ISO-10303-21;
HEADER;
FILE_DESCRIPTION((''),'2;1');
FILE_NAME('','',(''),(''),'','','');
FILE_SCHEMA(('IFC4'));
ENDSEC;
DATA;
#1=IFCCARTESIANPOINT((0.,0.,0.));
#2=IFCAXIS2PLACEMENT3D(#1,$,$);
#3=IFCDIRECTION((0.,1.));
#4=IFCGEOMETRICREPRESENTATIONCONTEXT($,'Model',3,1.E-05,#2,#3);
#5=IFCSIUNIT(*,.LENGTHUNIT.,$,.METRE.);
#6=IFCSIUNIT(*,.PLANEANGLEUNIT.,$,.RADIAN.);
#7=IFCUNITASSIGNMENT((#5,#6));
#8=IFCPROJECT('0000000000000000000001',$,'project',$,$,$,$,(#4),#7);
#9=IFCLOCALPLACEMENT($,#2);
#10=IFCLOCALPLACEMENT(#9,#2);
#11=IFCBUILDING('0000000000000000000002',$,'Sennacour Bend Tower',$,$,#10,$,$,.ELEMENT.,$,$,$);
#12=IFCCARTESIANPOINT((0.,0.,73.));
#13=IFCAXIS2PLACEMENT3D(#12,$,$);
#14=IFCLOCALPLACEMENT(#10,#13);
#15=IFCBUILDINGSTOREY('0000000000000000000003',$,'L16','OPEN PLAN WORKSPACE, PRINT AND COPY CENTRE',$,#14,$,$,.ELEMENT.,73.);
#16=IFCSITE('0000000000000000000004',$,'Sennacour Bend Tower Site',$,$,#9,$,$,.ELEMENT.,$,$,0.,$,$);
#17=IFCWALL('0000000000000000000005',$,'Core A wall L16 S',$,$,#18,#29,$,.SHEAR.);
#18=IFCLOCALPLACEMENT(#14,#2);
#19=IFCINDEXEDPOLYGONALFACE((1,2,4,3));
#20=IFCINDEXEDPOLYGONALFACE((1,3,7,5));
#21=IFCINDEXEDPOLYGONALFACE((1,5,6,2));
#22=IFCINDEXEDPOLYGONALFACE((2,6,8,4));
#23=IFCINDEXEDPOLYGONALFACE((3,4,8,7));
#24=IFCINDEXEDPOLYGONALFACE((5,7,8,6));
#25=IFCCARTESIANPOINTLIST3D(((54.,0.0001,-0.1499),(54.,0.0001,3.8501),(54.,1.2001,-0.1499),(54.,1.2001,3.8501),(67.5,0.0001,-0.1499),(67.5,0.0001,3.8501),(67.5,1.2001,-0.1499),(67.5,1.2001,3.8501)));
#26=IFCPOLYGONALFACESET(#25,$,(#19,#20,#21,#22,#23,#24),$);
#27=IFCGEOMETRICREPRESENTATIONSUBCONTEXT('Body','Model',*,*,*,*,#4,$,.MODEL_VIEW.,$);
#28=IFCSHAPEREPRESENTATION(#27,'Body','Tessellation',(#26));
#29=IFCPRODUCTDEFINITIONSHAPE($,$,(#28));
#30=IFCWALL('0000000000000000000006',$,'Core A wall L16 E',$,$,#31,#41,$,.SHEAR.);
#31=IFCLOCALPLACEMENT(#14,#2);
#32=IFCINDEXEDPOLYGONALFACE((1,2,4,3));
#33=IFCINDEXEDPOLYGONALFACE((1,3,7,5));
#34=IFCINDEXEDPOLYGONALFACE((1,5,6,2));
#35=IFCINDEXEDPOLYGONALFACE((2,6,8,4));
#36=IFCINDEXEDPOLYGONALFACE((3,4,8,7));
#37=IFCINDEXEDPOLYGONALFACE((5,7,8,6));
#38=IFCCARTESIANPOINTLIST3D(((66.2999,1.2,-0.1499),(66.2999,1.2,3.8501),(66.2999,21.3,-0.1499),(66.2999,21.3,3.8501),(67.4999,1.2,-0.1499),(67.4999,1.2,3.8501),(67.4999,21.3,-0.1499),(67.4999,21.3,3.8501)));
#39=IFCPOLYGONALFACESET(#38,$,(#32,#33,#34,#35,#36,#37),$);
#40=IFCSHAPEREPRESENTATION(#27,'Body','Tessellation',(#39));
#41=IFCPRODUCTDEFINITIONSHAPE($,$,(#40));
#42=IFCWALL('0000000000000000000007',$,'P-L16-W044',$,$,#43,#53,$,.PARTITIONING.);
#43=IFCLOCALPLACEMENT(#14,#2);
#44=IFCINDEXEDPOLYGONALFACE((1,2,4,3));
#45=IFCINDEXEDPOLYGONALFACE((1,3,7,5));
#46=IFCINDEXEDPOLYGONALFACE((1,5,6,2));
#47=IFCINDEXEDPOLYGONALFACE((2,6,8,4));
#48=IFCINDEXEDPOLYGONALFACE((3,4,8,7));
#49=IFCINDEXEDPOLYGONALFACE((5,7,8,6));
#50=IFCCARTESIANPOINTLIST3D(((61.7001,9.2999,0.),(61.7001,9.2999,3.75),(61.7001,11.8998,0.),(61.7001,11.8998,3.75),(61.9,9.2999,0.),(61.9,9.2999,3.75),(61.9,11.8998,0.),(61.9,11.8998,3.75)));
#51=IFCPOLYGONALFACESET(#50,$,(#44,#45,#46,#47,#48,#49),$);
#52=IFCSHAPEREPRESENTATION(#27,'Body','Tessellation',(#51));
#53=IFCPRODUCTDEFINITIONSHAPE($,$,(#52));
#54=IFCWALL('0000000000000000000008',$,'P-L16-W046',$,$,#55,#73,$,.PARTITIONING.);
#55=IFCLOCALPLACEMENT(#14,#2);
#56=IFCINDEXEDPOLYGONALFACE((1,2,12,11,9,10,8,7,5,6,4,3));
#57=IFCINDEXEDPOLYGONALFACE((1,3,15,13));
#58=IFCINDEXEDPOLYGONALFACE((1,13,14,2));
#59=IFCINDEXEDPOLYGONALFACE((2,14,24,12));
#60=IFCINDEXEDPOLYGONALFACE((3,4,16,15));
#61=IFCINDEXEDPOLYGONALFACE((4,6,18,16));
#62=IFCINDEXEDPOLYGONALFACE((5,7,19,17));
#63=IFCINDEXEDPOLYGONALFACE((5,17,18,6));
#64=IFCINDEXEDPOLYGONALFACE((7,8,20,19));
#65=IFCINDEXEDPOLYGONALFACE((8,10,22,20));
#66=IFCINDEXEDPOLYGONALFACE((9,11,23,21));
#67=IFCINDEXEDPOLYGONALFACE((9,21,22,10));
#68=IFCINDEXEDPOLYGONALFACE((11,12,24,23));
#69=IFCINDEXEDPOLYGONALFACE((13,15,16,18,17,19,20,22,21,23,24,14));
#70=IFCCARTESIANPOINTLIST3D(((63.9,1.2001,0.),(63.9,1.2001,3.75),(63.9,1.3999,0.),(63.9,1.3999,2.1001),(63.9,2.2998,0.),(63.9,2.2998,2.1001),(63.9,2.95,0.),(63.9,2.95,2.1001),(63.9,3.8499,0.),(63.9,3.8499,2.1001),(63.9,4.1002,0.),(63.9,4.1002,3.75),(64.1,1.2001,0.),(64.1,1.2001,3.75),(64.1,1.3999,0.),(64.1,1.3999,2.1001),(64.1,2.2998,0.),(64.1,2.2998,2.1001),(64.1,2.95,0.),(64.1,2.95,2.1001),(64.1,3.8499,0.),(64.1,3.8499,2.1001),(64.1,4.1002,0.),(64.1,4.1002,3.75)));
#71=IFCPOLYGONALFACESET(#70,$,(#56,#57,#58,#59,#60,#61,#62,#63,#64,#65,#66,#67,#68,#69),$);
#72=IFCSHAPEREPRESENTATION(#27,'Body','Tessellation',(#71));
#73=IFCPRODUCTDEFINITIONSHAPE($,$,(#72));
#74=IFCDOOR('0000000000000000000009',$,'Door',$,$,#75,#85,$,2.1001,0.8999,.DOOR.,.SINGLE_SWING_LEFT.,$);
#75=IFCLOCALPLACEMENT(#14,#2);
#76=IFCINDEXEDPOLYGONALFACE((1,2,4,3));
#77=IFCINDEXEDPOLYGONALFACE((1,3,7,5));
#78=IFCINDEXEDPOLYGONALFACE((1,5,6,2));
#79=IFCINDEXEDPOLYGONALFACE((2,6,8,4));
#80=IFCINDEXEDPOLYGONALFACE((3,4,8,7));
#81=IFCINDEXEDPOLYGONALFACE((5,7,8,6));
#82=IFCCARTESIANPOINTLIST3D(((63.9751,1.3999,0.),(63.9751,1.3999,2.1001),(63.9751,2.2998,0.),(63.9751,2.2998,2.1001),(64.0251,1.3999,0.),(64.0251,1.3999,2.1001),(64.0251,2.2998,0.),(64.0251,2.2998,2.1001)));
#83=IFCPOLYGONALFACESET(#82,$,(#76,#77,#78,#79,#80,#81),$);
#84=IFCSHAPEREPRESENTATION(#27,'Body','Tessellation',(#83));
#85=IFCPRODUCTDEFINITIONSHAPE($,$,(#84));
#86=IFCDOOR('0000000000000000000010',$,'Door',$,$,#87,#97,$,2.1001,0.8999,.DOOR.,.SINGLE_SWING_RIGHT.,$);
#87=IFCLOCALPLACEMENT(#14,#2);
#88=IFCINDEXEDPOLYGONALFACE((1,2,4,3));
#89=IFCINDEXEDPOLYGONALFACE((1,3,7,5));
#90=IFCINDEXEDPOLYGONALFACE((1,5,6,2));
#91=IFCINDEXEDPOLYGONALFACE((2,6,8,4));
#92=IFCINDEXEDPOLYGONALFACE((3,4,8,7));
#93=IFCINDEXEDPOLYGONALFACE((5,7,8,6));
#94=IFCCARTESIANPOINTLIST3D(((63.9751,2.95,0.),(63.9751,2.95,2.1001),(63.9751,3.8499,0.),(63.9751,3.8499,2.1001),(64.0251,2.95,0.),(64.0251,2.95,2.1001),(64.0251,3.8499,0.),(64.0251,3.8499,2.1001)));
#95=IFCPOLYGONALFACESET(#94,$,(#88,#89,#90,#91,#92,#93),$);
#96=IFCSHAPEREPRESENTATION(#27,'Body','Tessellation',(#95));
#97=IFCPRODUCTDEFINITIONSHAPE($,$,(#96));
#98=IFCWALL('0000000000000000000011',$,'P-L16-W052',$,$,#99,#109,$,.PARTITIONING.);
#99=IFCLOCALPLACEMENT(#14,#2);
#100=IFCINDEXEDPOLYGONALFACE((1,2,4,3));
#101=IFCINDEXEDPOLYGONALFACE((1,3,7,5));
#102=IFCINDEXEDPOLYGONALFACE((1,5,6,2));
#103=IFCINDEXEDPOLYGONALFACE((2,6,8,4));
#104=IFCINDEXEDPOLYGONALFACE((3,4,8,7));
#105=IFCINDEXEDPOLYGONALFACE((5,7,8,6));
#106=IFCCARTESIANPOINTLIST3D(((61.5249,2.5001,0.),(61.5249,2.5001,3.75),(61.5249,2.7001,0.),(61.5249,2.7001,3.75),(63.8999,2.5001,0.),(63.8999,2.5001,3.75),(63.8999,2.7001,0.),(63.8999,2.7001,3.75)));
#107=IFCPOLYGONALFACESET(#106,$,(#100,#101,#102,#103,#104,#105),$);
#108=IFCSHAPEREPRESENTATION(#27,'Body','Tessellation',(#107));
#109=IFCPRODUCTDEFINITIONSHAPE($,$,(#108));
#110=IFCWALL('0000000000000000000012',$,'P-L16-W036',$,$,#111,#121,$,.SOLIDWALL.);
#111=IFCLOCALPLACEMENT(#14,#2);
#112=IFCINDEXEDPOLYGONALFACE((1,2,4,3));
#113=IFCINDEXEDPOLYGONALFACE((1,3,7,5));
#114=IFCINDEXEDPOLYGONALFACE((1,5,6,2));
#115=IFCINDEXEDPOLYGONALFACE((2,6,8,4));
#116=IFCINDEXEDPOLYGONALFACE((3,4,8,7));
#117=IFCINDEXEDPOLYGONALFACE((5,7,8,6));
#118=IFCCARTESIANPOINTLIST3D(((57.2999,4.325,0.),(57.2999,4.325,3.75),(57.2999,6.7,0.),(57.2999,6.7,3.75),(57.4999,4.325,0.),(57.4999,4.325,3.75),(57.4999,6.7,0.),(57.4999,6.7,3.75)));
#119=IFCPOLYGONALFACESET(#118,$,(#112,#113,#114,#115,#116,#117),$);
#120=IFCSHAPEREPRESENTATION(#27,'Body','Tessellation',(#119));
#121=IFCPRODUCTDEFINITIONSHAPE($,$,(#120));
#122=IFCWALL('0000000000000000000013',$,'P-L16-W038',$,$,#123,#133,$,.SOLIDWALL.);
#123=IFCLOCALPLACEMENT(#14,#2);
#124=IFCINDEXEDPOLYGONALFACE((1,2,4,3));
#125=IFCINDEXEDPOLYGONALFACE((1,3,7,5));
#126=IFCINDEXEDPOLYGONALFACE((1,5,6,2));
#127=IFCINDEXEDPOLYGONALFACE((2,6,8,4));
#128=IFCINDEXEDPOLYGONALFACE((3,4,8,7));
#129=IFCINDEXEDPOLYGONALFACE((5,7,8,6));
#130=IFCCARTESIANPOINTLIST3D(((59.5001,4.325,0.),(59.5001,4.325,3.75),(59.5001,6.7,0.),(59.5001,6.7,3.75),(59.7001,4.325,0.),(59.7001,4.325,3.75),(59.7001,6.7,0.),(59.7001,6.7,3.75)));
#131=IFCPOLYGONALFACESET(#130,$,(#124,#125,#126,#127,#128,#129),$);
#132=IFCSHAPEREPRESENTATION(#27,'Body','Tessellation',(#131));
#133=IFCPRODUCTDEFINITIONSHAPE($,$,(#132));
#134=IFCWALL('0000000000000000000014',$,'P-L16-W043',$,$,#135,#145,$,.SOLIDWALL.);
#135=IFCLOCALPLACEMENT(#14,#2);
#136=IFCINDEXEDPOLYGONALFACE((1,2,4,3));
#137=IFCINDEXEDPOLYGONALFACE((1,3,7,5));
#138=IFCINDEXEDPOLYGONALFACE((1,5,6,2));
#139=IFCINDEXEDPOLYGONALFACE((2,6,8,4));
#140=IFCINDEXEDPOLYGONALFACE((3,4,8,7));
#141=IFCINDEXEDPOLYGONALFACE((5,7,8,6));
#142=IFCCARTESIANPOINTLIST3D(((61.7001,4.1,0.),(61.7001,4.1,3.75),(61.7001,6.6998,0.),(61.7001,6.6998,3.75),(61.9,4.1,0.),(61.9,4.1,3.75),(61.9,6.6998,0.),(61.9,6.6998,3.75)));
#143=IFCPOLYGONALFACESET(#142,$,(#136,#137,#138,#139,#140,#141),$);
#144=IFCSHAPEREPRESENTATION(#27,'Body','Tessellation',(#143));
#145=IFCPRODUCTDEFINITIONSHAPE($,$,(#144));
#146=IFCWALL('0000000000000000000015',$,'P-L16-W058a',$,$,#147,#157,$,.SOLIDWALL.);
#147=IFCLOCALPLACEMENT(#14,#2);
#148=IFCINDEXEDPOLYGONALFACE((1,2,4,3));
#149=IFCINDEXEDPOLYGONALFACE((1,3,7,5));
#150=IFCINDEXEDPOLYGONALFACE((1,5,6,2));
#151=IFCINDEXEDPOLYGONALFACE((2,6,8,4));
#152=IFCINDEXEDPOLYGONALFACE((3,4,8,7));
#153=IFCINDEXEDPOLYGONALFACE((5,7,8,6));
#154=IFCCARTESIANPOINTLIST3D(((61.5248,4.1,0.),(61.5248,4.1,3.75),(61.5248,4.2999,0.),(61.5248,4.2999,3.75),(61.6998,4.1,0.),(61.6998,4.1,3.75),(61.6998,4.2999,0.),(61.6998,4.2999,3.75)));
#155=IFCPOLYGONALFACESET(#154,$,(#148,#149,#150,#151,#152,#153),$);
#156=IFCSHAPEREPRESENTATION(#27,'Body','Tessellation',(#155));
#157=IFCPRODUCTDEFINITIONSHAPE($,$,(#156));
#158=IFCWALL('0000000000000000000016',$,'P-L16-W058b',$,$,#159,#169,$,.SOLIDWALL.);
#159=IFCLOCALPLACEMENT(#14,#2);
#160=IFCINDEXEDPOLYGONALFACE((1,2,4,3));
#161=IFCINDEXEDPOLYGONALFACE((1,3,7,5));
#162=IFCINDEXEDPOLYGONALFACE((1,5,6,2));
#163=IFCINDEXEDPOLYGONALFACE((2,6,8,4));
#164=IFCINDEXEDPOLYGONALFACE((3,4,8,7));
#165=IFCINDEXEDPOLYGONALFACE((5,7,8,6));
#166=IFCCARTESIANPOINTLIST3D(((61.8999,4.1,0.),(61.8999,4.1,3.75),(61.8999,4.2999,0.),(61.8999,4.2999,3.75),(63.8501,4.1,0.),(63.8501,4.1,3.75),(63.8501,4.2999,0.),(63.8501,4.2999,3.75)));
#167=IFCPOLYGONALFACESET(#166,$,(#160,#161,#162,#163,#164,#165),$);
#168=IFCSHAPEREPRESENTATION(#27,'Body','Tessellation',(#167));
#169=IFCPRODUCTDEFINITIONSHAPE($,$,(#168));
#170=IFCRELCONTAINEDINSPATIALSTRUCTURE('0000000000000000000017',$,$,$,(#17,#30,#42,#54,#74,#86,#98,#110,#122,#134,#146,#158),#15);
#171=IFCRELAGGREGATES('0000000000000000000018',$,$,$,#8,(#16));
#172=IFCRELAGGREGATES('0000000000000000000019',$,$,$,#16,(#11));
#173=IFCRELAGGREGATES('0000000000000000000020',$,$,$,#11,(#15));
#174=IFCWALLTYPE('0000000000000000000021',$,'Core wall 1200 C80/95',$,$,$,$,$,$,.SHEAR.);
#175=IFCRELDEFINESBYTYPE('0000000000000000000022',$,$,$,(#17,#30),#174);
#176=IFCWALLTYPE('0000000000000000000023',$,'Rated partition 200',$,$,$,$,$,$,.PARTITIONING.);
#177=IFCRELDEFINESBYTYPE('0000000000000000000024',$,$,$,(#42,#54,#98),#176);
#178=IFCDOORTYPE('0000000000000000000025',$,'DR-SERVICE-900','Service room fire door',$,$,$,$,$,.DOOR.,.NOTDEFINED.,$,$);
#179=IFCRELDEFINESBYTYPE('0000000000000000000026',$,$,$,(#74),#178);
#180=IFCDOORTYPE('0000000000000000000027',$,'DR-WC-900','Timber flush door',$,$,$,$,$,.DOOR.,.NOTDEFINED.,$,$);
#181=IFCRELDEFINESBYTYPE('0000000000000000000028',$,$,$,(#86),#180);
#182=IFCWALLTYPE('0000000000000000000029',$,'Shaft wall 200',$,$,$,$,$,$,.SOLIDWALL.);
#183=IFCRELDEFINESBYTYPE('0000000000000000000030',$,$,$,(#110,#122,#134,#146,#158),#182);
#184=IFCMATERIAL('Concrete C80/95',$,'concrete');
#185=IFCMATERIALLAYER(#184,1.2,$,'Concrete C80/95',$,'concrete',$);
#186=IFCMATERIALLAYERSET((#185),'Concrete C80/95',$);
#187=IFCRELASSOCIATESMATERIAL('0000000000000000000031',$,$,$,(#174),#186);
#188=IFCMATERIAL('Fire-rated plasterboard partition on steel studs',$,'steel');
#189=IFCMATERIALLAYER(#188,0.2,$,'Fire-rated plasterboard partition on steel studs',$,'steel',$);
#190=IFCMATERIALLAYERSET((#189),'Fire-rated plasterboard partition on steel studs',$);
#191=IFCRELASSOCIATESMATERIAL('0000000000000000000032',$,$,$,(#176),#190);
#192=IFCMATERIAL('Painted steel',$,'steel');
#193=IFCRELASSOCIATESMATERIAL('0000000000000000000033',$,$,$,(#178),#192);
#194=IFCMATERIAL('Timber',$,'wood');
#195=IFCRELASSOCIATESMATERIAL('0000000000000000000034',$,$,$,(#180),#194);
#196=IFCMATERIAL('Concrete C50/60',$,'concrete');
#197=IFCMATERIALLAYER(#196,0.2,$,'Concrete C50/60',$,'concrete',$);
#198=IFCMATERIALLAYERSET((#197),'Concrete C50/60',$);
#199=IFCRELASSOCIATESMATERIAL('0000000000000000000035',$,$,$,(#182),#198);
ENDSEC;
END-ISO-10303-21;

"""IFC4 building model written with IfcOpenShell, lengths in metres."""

from ifc_helpers import new_model, si_unit, direction, frame, frame_2d, origin, place, context, subcontext, project, spatial, rectangle, extrude, material, layer, layer_set, type_object, element, fill, save


model = new_model("IFC4")

# Units and contexts
model_context = context("Model", 3, precision=1e-05, world=origin(), true_north=direction((0.0, 1.0)))
body_context = subcontext(model_context, "Body", "Model", "MODEL_VIEW")
ifc_project = project(units=[si_unit("LENGTHUNIT", "METRE"), si_unit("PLANEANGLEUNIT", "RADIAN")], contexts=[model_context])

# Site, building, storey
site_placement = place(None, origin())
site = spatial("IfcSite", under=ifc_project, at=site_placement, Name="Sennacour Bend Tower Site", CompositionType="ELEMENT", RefElevation=0.0)
building_placement = place(site_placement, origin())
building = spatial("IfcBuilding", under=site, at=building_placement, Name="Sennacour Bend Tower", CompositionType="ELEMENT")
storey_placement = place(building_placement, frame((0.0, 0.0, 73.0)))
storey = spatial("IfcBuildingStorey", under=building, at=storey_placement, Name="L16", Description="OPEN PLAN WORKSPACE, PRINT AND COPY CENTRE", CompositionType="ELEMENT", Elevation=73.0)

# Walls
ifc_material_1 = material(Name="Concrete C80/95", Category="concrete")
ifc_layer_1 = layer(ifc_material_1, 1.2, Name="Concrete C80/95", Category="concrete")
ifc_layer_set_1 = layer_set([ifc_layer_1], Name="Concrete C80/95")
wall_type_1 = type_object("IfcWallType", Name="Core wall 1200 C80/95", PredefinedType="SHEAR", material=ifc_layer_set_1)
wall_1_placement = place(storey_placement, frame((67.5, 0.6001, -0.1499), z_axis=(0.0, 0.0, 1.0), x_axis=(-1.0, 0.0, 0.0)))
element("IfcWall", 1, at=wall_1_placement, inside=storey, type_object=wall_type_1, Name="Core A wall L16 S", PredefinedType="SHEAR", context=body_context, shape_type="SweptSolid", body=[
    extrude(rectangle(XDim=13.5, YDim=1.2, at=frame_2d((6.75, 0.0))), origin(), (0.0, 0.0, 1.0), 4.0),
])
wall_2_placement = place(storey_placement, frame((66.8999, 1.2, -0.1499), z_axis=(0.0, 0.0, 1.0), x_axis=(0.0, 1.0, 0.0)))
element("IfcWall", 2, at=wall_2_placement, inside=storey, type_object=wall_type_1, Name="Core A wall L16 E", PredefinedType="SHEAR", context=body_context, shape_type="SweptSolid", body=[
    extrude(rectangle(XDim=20.1001, YDim=1.2, at=frame_2d((10.05, 0.0))), origin(), (0.0, 0.0, 1.0), 4.0),
])
ifc_material_2 = material(Name="Fire-rated plasterboard partition on steel studs", Category="steel")
ifc_layer_2 = layer(ifc_material_2, 0.2, Name="Fire-rated plasterboard partition on steel studs", Category="steel")
ifc_layer_set_2 = layer_set([ifc_layer_2], Name="Fire-rated plasterboard partition on steel studs")
wall_type_2 = type_object("IfcWallType", Name="Rated partition 200", PredefinedType="PARTITIONING", material=ifc_layer_set_2)
wall_3_placement = place(storey_placement, frame((61.8, 9.3, 0.0), z_axis=(0.0, 0.0, 1.0), x_axis=(0.0, 1.0, 0.0)))
element("IfcWall", 3, at=wall_3_placement, inside=storey, type_object=wall_type_2, Name="P-L16-W044", PredefinedType="PARTITIONING", context=body_context, shape_type="SweptSolid", body=[
    extrude(rectangle(XDim=2.5999, YDim=0.2, at=frame_2d((1.2998, 0.0))), origin(), (0.0, 0.0, 1.0), 3.75),
])

# Wall, openings, doors
wall_4_placement = place(storey_placement, frame((64.0, 1.2, 0.0), z_axis=(0.0, 0.0, 1.0), x_axis=(0.0, 1.0, 0.0)))
wall_4 = element("IfcWall", 4, at=wall_4_placement, inside=storey, type_object=wall_type_2, Name="P-L16-W046", PredefinedType="PARTITIONING", context=body_context, shape_type="SweptSolid", body=[
    extrude(rectangle(XDim=2.9001, YDim=0.2, at=frame_2d((1.4502, 0.0))), origin(), (0.0, 0.0, 1.0), 3.75),
])
opening_1_placement = place(wall_4_placement, frame((0.2, 0.0, 0.0)))
opening_1 = element("IfcOpeningElement", 5, at=opening_1_placement, cuts=wall_4, PredefinedType="OPENING", context=body_context, shape_type="SweptSolid", body=[
    extrude(rectangle(XDim=0.8999, YDim=2.1001, at=frame_2d((0.45, 1.05))), frame((0.0, 0.1099, 0.0), z_axis=(0.0, -1.0, 0.0), x_axis=(1.0, 0.0, 0.0)), (0.0, 0.0, 1.0), 0.22),
])
opening_2_placement = place(wall_4_placement, frame((1.75, 0.0, 0.0)))
opening_2 = element("IfcOpeningElement", 6, at=opening_2_placement, cuts=wall_4, PredefinedType="OPENING", context=body_context, shape_type="SweptSolid", body=[
    extrude(rectangle(XDim=0.8999, YDim=2.1001, at=frame_2d((0.45, 1.05))), frame((0.0, 0.1099, 0.0), z_axis=(0.0, -1.0, 0.0), x_axis=(1.0, 0.0, 0.0)), (0.0, 0.0, 1.0), 0.22),
])
ifc_material_3 = material(Name="Painted steel", Category="steel")
door_type_1 = type_object("IfcDoorType", Name="DR-SERVICE-900", Description="Service room fire door", OperationType="NOTDEFINED", PredefinedType="DOOR", material=ifc_material_3)
door_1_placement = place(opening_1_placement, origin())
door_1 = element("IfcDoor", 7, at=door_1_placement, inside=storey, type_object=door_type_1, Name="Door", OperationType="SINGLE_SWING_LEFT", OverallHeight=2.1001, OverallWidth=0.8999, PredefinedType="DOOR", context=body_context, shape_type="SweptSolid", body=[
    extrude(rectangle(XDim=0.8999, YDim=2.1001, at=frame_2d((0.45, 1.05))), frame((0.0, 0.0249, 0.0), z_axis=(0.0, -1.0, 0.0), x_axis=(1.0, 0.0, 0.0)), (0.0, 0.0, 1.0), 0.05),
])
fill(opening_1, door_1)
ifc_material_4 = material(Name="Timber", Category="wood")
door_type_2 = type_object("IfcDoorType", Name="DR-WC-900", Description="Timber flush door", OperationType="NOTDEFINED", PredefinedType="DOOR", material=ifc_material_4)
door_2_placement = place(opening_2_placement, origin())
door_2 = element("IfcDoor", 8, at=door_2_placement, inside=storey, type_object=door_type_2, Name="Door", OperationType="SINGLE_SWING_RIGHT", OverallHeight=2.1001, OverallWidth=0.8999, PredefinedType="DOOR", context=body_context, shape_type="SweptSolid", body=[
    extrude(rectangle(XDim=0.8999, YDim=2.1001, at=frame_2d((0.45, 1.05))), frame((0.0, 0.0249, 0.0), z_axis=(0.0, -1.0, 0.0), x_axis=(1.0, 0.0, 0.0)), (0.0, 0.0, 1.0), 0.05),
])
fill(opening_2, door_2)

# Walls
wall_5_placement = place(storey_placement, frame((61.5249, 2.6001, 0.0), z_axis=(0.0, 0.0, 1.0), x_axis=(1.0, 0.0, 0.0)))
element("IfcWall", 9, at=wall_5_placement, inside=storey, type_object=wall_type_2, Name="P-L16-W052", PredefinedType="PARTITIONING", context=body_context, shape_type="SweptSolid", body=[
    extrude(rectangle(XDim=2.375, YDim=0.2, at=frame_2d((1.1875, 0.0))), origin(), (0.0, 0.0, 1.0), 3.75),
])
ifc_material_5 = material(Name="Concrete C50/60", Category="concrete")
ifc_layer_3 = layer(ifc_material_5, 0.2, Name="Concrete C50/60", Category="concrete")
ifc_layer_set_3 = layer_set([ifc_layer_3], Name="Concrete C50/60")
wall_type_3 = type_object("IfcWallType", Name="Shaft wall 200", PredefinedType="SOLIDWALL", material=ifc_layer_set_3)
for number, where, z_axis, x_axis, name in (
    (10, (57.3999, 4.325, 0.0), (0.0, 0.0, 1.0), (0.0, 1.0, 0.0), "P-L16-W036"),
    (11, (59.6001, 4.325, 0.0), (0.0, 0.0, 1.0), (0.0, 1.0, 0.0), "P-L16-W038"),
):
    element("IfcWall", number, at=place(storey_placement, frame(where, z_axis=z_axis, x_axis=x_axis)), inside=storey, type_object=wall_type_3, Name=name, PredefinedType="SOLIDWALL", context=body_context, shape_type="SweptSolid", body=[
        extrude(rectangle(XDim=2.375, YDim=0.2, at=frame_2d((1.1875, 0.0))), origin(), (0.0, 0.0, 1.0), 3.75),
    ])
wall_6_placement = place(storey_placement, frame((61.8, 4.1001, 0.0), z_axis=(0.0, 0.0, 1.0), x_axis=(0.0, 1.0, 0.0)))
element("IfcWall", 12, at=wall_6_placement, inside=storey, type_object=wall_type_3, Name="P-L16-W043", PredefinedType="SOLIDWALL", context=body_context, shape_type="SweptSolid", body=[
    extrude(rectangle(XDim=2.5999, YDim=0.2, at=frame_2d((1.2998, 0.0))), origin(), (0.0, 0.0, 1.0), 3.75),
])
wall_7_placement = place(storey_placement, frame((61.5249, 4.2, 0.0), z_axis=(0.0, 0.0, 1.0), x_axis=(1.0, 0.0, 0.0)))
element("IfcWall", 13, at=wall_7_placement, inside=storey, type_object=wall_type_3, Name="P-L16-W058a", PredefinedType="SOLIDWALL", context=body_context, shape_type="SweptSolid", body=[
    extrude(rectangle(XDim=0.175, YDim=0.2, at=frame_2d((0.0874, 0.0))), origin(), (0.0, 0.0, 1.0), 3.75),
])
wall_8_placement = place(storey_placement, frame((61.8999, 4.2, 0.0), z_axis=(0.0, 0.0, 1.0), x_axis=(1.0, 0.0, 0.0)))
element("IfcWall", 14, at=wall_8_placement, inside=storey, type_object=wall_type_3, Name="P-L16-W058b", PredefinedType="SOLIDWALL", context=body_context, shape_type="SweptSolid", body=[
    extrude(rectangle(XDim=1.9502, YDim=0.2, at=frame_2d((0.9751, 0.0))), origin(), (0.0, 0.0, 1.0), 3.75),
])

save(model, "model.ifc")
